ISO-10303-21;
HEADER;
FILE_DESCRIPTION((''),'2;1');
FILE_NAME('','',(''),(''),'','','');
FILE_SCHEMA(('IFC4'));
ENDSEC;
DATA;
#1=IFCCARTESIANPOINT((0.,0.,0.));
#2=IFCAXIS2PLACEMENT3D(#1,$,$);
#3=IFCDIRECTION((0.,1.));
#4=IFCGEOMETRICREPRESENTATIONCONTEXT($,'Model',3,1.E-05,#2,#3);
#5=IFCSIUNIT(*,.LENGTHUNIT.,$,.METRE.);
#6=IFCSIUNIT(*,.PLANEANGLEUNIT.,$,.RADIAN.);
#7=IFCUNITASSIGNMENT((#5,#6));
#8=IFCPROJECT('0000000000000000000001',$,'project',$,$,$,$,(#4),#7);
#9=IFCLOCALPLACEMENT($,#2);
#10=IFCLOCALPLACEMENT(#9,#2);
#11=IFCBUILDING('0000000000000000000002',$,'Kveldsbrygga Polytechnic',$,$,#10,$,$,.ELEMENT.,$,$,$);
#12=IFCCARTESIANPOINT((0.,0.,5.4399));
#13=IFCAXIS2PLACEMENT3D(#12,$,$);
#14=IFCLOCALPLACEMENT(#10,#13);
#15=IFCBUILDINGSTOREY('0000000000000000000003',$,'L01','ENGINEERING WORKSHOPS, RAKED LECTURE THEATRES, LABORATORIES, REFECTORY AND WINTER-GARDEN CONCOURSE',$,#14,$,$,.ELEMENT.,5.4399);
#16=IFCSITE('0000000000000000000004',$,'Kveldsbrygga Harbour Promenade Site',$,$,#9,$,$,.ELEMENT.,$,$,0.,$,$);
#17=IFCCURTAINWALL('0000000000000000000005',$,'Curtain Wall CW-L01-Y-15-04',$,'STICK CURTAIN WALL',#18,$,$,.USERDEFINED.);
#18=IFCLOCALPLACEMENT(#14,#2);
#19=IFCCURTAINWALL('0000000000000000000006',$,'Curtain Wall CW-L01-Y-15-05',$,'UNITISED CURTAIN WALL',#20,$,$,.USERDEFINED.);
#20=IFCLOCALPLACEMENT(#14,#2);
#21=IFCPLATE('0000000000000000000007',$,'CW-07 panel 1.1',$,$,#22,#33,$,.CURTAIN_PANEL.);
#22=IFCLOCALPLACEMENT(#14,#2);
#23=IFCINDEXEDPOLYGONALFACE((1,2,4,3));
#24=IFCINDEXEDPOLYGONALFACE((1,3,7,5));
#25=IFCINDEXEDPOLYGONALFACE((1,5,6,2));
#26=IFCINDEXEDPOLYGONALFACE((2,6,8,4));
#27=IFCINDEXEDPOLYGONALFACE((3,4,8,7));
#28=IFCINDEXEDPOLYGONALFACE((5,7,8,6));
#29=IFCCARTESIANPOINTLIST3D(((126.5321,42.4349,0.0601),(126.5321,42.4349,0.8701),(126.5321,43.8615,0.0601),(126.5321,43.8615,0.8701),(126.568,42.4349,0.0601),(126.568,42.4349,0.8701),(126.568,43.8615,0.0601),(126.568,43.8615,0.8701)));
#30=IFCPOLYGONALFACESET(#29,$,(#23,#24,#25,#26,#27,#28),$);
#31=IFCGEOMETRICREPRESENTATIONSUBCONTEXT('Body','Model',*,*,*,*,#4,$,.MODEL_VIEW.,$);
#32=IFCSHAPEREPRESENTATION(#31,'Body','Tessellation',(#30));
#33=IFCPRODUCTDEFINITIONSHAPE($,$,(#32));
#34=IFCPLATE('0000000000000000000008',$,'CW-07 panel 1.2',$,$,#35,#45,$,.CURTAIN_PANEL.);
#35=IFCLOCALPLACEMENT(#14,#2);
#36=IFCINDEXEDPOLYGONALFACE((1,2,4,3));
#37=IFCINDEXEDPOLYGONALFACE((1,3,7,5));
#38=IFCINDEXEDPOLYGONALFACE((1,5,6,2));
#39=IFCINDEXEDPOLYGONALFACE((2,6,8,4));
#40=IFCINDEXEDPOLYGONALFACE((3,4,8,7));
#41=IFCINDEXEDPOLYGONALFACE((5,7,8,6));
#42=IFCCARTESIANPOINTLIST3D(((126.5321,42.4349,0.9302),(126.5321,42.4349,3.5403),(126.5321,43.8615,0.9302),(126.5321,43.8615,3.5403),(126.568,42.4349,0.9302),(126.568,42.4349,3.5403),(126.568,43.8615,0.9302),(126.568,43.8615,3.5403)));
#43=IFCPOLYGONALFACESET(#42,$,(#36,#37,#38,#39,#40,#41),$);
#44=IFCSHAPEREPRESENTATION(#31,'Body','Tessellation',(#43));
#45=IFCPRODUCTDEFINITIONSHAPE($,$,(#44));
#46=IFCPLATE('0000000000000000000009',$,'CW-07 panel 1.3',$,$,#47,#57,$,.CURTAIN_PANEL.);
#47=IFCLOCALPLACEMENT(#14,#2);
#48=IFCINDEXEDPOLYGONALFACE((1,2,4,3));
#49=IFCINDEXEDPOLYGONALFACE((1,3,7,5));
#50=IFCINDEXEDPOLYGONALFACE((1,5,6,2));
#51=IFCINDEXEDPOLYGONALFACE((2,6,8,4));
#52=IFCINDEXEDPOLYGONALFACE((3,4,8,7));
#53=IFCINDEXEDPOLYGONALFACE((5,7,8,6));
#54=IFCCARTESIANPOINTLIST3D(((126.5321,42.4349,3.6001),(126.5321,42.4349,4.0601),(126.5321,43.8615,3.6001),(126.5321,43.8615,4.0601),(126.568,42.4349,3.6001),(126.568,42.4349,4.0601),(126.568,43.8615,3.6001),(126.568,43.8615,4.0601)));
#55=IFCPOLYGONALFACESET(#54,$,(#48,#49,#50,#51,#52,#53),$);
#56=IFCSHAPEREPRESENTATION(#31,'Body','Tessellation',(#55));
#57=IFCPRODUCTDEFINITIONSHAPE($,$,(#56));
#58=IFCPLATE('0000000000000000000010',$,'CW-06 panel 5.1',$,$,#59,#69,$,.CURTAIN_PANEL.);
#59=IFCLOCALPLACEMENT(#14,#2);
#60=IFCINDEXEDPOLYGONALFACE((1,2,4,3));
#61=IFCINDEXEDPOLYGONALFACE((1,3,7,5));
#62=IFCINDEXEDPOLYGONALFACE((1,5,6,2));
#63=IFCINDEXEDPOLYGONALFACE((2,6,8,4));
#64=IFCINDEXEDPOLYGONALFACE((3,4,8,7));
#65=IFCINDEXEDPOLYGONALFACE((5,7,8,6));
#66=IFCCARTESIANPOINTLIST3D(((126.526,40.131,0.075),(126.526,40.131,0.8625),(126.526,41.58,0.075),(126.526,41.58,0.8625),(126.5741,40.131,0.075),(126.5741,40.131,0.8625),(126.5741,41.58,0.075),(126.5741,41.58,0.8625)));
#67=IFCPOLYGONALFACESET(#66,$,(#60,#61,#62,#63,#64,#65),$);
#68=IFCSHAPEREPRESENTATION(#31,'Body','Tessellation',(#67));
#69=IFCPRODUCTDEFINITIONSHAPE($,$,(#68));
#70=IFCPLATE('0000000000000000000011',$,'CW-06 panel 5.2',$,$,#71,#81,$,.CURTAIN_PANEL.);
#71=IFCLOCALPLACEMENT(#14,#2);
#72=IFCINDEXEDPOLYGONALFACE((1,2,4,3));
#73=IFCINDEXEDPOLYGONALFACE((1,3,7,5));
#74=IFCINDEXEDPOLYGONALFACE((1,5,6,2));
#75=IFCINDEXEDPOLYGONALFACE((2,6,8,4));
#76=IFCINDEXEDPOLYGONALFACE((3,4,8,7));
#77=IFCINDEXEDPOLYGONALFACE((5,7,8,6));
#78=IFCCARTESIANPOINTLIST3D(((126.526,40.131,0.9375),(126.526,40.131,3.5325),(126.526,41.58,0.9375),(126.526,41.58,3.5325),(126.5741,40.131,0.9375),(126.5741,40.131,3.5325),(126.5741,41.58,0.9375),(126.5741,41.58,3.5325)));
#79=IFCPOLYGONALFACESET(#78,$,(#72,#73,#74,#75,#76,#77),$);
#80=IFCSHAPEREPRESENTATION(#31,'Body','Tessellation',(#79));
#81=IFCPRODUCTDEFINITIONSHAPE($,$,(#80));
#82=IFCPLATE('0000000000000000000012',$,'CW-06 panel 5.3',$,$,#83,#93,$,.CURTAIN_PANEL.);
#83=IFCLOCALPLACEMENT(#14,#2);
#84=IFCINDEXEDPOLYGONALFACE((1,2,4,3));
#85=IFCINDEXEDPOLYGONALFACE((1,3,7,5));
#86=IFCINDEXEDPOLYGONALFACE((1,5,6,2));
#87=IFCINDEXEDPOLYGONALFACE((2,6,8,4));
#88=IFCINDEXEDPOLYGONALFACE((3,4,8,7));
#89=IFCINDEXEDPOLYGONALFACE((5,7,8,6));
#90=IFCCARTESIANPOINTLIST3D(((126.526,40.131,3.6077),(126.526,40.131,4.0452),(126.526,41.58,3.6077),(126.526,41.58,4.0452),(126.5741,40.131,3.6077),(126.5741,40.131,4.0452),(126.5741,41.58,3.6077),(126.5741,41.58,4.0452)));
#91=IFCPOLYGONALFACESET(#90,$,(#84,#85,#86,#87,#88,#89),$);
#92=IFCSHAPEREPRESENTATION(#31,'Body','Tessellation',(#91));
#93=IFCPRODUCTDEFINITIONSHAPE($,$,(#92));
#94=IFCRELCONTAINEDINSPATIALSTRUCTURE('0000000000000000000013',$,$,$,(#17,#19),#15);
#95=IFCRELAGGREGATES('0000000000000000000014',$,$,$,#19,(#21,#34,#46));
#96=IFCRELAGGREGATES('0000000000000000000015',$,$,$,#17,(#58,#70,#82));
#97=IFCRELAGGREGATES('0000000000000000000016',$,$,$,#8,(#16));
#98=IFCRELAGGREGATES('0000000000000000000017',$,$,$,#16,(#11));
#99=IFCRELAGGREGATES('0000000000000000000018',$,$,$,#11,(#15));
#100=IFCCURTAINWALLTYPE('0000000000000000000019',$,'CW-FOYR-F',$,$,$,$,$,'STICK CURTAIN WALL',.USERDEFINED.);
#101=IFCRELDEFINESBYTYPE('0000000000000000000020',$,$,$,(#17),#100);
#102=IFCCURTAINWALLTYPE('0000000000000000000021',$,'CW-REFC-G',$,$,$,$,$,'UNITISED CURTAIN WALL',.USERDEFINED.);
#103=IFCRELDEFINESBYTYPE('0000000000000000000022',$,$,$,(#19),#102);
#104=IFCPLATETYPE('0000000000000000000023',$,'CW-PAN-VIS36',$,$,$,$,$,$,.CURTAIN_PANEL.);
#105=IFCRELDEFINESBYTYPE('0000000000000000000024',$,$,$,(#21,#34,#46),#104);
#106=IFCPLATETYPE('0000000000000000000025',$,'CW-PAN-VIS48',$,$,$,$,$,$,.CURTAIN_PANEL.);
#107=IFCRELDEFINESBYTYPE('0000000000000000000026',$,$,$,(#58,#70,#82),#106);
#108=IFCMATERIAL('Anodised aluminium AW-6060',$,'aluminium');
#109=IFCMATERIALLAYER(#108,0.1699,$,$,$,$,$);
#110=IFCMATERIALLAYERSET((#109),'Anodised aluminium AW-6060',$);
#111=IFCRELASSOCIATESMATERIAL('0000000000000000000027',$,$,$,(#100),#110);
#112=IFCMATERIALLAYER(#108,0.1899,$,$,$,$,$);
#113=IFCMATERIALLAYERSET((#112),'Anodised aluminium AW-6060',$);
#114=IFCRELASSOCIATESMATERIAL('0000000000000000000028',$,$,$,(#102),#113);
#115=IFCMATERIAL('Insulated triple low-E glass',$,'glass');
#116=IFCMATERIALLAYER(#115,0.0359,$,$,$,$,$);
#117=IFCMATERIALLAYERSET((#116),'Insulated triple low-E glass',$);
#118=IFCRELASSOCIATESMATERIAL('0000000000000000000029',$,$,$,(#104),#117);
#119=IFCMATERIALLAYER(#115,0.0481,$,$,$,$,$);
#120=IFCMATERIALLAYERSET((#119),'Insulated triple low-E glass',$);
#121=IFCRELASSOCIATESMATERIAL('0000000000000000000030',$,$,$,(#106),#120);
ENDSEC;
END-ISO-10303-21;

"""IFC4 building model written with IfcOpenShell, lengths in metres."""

from ifc_helpers import new_model, si_unit, direction, frame, origin, origin_2d, place, context, subcontext, project, spatial, rectangle, extrude, material, layer, layer_set, type_object, element, aggregate, save


model = new_model("IFC4")

# Units and contexts
model_context = context("Model", 3, precision=1e-05, world=origin(), true_north=direction((0.0, 1.0)))
body_context = subcontext(model_context, "Body", "Model", "MODEL_VIEW")
ifc_project = project(units=[si_unit("LENGTHUNIT", "METRE"), si_unit("PLANEANGLEUNIT", "RADIAN")], contexts=[model_context])

# Site, building, storey
site_placement = place(None, origin())
site = spatial("IfcSite", under=ifc_project, at=site_placement, Name="Kveldsbrygga Harbour Promenade Site", CompositionType="ELEMENT", RefElevation=0.0)
building_placement = place(site_placement, origin())
building = spatial("IfcBuilding", under=site, at=building_placement, Name="Kveldsbrygga Polytechnic", CompositionType="ELEMENT")
storey_placement = place(building_placement, frame((0.0, 0.0, 5.4399)))
storey = spatial("IfcBuildingStorey", under=building, at=storey_placement, Name="L01", Description="ENGINEERING WORKSHOPS, RAKED LECTURE THEATRES, LABORATORIES, REFECTORY AND WINTER-GARDEN CONCOURSE", CompositionType="ELEMENT", Elevation=5.4399)

# Curtain wall
ifc_material_1 = material(Name="Anodised aluminium AW-6060", Category="aluminium")
ifc_layer_1 = layer(ifc_material_1, 0.1699)
ifc_layer_set_1 = layer_set([ifc_layer_1], Name="Anodised aluminium AW-6060")
curtain_wall_type_1 = type_object("IfcCurtainWallType", Name="CW-FOYR-F", ElementType="STICK CURTAIN WALL", PredefinedType="USERDEFINED", material=ifc_layer_set_1)
curtain_wall_1_placement = place(storey_placement, origin())
curtain_wall_1 = element("IfcCurtainWall", 1, at=curtain_wall_1_placement, inside=storey, type_object=curtain_wall_type_1, Name="Curtain Wall CW-L01-Y-15-04", ObjectType="STICK CURTAIN WALL", PredefinedType="USERDEFINED")

# Curtain wall, plates
ifc_layer_2 = layer(ifc_material_1, 0.1899)
ifc_layer_set_2 = layer_set([ifc_layer_2], Name="Anodised aluminium AW-6060")
curtain_wall_type_2 = type_object("IfcCurtainWallType", Name="CW-REFC-G", ElementType="UNITISED CURTAIN WALL", PredefinedType="USERDEFINED", material=ifc_layer_set_2)
curtain_wall_2_placement = place(storey_placement, origin())
curtain_wall_2 = element("IfcCurtainWall", 2, at=curtain_wall_2_placement, inside=storey, type_object=curtain_wall_type_2, Name="Curtain Wall CW-L01-Y-15-05", ObjectType="UNITISED CURTAIN WALL", PredefinedType="USERDEFINED")
ifc_material_2 = material(Name="Insulated triple low-E glass", Category="glass")
ifc_layer_3 = layer(ifc_material_2, 0.0359)
ifc_layer_set_3 = layer_set([ifc_layer_3], Name="Insulated triple low-E glass")
plate_type_1 = type_object("IfcPlateType", Name="CW-PAN-VIS36", PredefinedType="CURTAIN_PANEL", material=ifc_layer_set_3)
plate_1_placement = place(storey_placement, frame((126.55, 43.1482, 0.0601), z_axis=(0.0, 0.0, 1.0), x_axis=(0.0, 1.0, 0.0)))
plate_1 = element("IfcPlate", 3, at=plate_1_placement, type_object=plate_type_1, Name="CW-07 panel 1.1", PredefinedType="CURTAIN_PANEL", context=body_context, shape_type="SweptSolid", body=[
    extrude(rectangle(XDim=1.4265, YDim=0.0359, at=origin_2d()), origin(), (0.0, 0.0, 1.0), 0.8101),
])
plate_2_placement = place(storey_placement, frame((126.55, 43.1482, 0.9302), z_axis=(0.0, 0.0, 1.0), x_axis=(0.0, 1.0, 0.0)))
plate_2 = element("IfcPlate", 4, at=plate_2_placement, type_object=plate_type_1, Name="CW-07 panel 1.2", PredefinedType="CURTAIN_PANEL", context=body_context, shape_type="SweptSolid", body=[
    extrude(rectangle(XDim=1.4265, YDim=0.0359, at=origin_2d()), origin(), (0.0, 0.0, 1.0), 2.6101),
])
plate_3_placement = place(storey_placement, frame((126.55, 43.1482, 3.6001), z_axis=(0.0, 0.0, 1.0), x_axis=(0.0, 1.0, 0.0)))
plate_3 = element("IfcPlate", 5, at=plate_3_placement, type_object=plate_type_1, Name="CW-07 panel 1.3", PredefinedType="CURTAIN_PANEL", context=body_context, shape_type="SweptSolid", body=[
    extrude(rectangle(XDim=1.4265, YDim=0.0359, at=origin_2d()), origin(), (0.0, 0.0, 1.0), 0.46),
])
aggregate(curtain_wall_2, [plate_1, plate_2, plate_3])

# Plates
ifc_layer_4 = layer(ifc_material_2, 0.0481)
ifc_layer_set_4 = layer_set([ifc_layer_4], Name="Insulated triple low-E glass")
plate_type_2 = type_object("IfcPlateType", Name="CW-PAN-VIS48", PredefinedType="CURTAIN_PANEL", material=ifc_layer_set_4)
plate_4_placement = place(storey_placement, frame((126.55, 40.8555, 0.075), z_axis=(0.0, 0.0, 1.0), x_axis=(0.0, 1.0, 0.0)))
plate_4 = element("IfcPlate", 6, at=plate_4_placement, type_object=plate_type_2, Name="CW-06 panel 5.1", PredefinedType="CURTAIN_PANEL", context=body_context, shape_type="SweptSolid", body=[
    extrude(rectangle(XDim=1.449, YDim=0.0481, at=origin_2d()), origin(), (0.0, 0.0, 1.0), 0.7876),
])
plate_5_placement = place(storey_placement, frame((126.55, 40.8555, 0.9375), z_axis=(0.0, 0.0, 1.0), x_axis=(0.0, 1.0, 0.0)))
plate_5 = element("IfcPlate", 7, at=plate_5_placement, type_object=plate_type_2, Name="CW-06 panel 5.2", PredefinedType="CURTAIN_PANEL", context=body_context, shape_type="SweptSolid", body=[
    extrude(rectangle(XDim=1.449, YDim=0.0481, at=origin_2d()), origin(), (0.0, 0.0, 1.0), 2.595),
])
plate_6_placement = place(storey_placement, frame((126.55, 40.8555, 3.6077), z_axis=(0.0, 0.0, 1.0), x_axis=(0.0, 1.0, 0.0)))
plate_6 = element("IfcPlate", 8, at=plate_6_placement, type_object=plate_type_2, Name="CW-06 panel 5.3", PredefinedType="CURTAIN_PANEL", context=body_context, shape_type="SweptSolid", body=[
    extrude(rectangle(XDim=1.449, YDim=0.0481, at=origin_2d()), origin(), (0.0, 0.0, 1.0), 0.4375),
])
aggregate(curtain_wall_1, [plate_4, plate_5, plate_6])

save(model, "model.ifc")
